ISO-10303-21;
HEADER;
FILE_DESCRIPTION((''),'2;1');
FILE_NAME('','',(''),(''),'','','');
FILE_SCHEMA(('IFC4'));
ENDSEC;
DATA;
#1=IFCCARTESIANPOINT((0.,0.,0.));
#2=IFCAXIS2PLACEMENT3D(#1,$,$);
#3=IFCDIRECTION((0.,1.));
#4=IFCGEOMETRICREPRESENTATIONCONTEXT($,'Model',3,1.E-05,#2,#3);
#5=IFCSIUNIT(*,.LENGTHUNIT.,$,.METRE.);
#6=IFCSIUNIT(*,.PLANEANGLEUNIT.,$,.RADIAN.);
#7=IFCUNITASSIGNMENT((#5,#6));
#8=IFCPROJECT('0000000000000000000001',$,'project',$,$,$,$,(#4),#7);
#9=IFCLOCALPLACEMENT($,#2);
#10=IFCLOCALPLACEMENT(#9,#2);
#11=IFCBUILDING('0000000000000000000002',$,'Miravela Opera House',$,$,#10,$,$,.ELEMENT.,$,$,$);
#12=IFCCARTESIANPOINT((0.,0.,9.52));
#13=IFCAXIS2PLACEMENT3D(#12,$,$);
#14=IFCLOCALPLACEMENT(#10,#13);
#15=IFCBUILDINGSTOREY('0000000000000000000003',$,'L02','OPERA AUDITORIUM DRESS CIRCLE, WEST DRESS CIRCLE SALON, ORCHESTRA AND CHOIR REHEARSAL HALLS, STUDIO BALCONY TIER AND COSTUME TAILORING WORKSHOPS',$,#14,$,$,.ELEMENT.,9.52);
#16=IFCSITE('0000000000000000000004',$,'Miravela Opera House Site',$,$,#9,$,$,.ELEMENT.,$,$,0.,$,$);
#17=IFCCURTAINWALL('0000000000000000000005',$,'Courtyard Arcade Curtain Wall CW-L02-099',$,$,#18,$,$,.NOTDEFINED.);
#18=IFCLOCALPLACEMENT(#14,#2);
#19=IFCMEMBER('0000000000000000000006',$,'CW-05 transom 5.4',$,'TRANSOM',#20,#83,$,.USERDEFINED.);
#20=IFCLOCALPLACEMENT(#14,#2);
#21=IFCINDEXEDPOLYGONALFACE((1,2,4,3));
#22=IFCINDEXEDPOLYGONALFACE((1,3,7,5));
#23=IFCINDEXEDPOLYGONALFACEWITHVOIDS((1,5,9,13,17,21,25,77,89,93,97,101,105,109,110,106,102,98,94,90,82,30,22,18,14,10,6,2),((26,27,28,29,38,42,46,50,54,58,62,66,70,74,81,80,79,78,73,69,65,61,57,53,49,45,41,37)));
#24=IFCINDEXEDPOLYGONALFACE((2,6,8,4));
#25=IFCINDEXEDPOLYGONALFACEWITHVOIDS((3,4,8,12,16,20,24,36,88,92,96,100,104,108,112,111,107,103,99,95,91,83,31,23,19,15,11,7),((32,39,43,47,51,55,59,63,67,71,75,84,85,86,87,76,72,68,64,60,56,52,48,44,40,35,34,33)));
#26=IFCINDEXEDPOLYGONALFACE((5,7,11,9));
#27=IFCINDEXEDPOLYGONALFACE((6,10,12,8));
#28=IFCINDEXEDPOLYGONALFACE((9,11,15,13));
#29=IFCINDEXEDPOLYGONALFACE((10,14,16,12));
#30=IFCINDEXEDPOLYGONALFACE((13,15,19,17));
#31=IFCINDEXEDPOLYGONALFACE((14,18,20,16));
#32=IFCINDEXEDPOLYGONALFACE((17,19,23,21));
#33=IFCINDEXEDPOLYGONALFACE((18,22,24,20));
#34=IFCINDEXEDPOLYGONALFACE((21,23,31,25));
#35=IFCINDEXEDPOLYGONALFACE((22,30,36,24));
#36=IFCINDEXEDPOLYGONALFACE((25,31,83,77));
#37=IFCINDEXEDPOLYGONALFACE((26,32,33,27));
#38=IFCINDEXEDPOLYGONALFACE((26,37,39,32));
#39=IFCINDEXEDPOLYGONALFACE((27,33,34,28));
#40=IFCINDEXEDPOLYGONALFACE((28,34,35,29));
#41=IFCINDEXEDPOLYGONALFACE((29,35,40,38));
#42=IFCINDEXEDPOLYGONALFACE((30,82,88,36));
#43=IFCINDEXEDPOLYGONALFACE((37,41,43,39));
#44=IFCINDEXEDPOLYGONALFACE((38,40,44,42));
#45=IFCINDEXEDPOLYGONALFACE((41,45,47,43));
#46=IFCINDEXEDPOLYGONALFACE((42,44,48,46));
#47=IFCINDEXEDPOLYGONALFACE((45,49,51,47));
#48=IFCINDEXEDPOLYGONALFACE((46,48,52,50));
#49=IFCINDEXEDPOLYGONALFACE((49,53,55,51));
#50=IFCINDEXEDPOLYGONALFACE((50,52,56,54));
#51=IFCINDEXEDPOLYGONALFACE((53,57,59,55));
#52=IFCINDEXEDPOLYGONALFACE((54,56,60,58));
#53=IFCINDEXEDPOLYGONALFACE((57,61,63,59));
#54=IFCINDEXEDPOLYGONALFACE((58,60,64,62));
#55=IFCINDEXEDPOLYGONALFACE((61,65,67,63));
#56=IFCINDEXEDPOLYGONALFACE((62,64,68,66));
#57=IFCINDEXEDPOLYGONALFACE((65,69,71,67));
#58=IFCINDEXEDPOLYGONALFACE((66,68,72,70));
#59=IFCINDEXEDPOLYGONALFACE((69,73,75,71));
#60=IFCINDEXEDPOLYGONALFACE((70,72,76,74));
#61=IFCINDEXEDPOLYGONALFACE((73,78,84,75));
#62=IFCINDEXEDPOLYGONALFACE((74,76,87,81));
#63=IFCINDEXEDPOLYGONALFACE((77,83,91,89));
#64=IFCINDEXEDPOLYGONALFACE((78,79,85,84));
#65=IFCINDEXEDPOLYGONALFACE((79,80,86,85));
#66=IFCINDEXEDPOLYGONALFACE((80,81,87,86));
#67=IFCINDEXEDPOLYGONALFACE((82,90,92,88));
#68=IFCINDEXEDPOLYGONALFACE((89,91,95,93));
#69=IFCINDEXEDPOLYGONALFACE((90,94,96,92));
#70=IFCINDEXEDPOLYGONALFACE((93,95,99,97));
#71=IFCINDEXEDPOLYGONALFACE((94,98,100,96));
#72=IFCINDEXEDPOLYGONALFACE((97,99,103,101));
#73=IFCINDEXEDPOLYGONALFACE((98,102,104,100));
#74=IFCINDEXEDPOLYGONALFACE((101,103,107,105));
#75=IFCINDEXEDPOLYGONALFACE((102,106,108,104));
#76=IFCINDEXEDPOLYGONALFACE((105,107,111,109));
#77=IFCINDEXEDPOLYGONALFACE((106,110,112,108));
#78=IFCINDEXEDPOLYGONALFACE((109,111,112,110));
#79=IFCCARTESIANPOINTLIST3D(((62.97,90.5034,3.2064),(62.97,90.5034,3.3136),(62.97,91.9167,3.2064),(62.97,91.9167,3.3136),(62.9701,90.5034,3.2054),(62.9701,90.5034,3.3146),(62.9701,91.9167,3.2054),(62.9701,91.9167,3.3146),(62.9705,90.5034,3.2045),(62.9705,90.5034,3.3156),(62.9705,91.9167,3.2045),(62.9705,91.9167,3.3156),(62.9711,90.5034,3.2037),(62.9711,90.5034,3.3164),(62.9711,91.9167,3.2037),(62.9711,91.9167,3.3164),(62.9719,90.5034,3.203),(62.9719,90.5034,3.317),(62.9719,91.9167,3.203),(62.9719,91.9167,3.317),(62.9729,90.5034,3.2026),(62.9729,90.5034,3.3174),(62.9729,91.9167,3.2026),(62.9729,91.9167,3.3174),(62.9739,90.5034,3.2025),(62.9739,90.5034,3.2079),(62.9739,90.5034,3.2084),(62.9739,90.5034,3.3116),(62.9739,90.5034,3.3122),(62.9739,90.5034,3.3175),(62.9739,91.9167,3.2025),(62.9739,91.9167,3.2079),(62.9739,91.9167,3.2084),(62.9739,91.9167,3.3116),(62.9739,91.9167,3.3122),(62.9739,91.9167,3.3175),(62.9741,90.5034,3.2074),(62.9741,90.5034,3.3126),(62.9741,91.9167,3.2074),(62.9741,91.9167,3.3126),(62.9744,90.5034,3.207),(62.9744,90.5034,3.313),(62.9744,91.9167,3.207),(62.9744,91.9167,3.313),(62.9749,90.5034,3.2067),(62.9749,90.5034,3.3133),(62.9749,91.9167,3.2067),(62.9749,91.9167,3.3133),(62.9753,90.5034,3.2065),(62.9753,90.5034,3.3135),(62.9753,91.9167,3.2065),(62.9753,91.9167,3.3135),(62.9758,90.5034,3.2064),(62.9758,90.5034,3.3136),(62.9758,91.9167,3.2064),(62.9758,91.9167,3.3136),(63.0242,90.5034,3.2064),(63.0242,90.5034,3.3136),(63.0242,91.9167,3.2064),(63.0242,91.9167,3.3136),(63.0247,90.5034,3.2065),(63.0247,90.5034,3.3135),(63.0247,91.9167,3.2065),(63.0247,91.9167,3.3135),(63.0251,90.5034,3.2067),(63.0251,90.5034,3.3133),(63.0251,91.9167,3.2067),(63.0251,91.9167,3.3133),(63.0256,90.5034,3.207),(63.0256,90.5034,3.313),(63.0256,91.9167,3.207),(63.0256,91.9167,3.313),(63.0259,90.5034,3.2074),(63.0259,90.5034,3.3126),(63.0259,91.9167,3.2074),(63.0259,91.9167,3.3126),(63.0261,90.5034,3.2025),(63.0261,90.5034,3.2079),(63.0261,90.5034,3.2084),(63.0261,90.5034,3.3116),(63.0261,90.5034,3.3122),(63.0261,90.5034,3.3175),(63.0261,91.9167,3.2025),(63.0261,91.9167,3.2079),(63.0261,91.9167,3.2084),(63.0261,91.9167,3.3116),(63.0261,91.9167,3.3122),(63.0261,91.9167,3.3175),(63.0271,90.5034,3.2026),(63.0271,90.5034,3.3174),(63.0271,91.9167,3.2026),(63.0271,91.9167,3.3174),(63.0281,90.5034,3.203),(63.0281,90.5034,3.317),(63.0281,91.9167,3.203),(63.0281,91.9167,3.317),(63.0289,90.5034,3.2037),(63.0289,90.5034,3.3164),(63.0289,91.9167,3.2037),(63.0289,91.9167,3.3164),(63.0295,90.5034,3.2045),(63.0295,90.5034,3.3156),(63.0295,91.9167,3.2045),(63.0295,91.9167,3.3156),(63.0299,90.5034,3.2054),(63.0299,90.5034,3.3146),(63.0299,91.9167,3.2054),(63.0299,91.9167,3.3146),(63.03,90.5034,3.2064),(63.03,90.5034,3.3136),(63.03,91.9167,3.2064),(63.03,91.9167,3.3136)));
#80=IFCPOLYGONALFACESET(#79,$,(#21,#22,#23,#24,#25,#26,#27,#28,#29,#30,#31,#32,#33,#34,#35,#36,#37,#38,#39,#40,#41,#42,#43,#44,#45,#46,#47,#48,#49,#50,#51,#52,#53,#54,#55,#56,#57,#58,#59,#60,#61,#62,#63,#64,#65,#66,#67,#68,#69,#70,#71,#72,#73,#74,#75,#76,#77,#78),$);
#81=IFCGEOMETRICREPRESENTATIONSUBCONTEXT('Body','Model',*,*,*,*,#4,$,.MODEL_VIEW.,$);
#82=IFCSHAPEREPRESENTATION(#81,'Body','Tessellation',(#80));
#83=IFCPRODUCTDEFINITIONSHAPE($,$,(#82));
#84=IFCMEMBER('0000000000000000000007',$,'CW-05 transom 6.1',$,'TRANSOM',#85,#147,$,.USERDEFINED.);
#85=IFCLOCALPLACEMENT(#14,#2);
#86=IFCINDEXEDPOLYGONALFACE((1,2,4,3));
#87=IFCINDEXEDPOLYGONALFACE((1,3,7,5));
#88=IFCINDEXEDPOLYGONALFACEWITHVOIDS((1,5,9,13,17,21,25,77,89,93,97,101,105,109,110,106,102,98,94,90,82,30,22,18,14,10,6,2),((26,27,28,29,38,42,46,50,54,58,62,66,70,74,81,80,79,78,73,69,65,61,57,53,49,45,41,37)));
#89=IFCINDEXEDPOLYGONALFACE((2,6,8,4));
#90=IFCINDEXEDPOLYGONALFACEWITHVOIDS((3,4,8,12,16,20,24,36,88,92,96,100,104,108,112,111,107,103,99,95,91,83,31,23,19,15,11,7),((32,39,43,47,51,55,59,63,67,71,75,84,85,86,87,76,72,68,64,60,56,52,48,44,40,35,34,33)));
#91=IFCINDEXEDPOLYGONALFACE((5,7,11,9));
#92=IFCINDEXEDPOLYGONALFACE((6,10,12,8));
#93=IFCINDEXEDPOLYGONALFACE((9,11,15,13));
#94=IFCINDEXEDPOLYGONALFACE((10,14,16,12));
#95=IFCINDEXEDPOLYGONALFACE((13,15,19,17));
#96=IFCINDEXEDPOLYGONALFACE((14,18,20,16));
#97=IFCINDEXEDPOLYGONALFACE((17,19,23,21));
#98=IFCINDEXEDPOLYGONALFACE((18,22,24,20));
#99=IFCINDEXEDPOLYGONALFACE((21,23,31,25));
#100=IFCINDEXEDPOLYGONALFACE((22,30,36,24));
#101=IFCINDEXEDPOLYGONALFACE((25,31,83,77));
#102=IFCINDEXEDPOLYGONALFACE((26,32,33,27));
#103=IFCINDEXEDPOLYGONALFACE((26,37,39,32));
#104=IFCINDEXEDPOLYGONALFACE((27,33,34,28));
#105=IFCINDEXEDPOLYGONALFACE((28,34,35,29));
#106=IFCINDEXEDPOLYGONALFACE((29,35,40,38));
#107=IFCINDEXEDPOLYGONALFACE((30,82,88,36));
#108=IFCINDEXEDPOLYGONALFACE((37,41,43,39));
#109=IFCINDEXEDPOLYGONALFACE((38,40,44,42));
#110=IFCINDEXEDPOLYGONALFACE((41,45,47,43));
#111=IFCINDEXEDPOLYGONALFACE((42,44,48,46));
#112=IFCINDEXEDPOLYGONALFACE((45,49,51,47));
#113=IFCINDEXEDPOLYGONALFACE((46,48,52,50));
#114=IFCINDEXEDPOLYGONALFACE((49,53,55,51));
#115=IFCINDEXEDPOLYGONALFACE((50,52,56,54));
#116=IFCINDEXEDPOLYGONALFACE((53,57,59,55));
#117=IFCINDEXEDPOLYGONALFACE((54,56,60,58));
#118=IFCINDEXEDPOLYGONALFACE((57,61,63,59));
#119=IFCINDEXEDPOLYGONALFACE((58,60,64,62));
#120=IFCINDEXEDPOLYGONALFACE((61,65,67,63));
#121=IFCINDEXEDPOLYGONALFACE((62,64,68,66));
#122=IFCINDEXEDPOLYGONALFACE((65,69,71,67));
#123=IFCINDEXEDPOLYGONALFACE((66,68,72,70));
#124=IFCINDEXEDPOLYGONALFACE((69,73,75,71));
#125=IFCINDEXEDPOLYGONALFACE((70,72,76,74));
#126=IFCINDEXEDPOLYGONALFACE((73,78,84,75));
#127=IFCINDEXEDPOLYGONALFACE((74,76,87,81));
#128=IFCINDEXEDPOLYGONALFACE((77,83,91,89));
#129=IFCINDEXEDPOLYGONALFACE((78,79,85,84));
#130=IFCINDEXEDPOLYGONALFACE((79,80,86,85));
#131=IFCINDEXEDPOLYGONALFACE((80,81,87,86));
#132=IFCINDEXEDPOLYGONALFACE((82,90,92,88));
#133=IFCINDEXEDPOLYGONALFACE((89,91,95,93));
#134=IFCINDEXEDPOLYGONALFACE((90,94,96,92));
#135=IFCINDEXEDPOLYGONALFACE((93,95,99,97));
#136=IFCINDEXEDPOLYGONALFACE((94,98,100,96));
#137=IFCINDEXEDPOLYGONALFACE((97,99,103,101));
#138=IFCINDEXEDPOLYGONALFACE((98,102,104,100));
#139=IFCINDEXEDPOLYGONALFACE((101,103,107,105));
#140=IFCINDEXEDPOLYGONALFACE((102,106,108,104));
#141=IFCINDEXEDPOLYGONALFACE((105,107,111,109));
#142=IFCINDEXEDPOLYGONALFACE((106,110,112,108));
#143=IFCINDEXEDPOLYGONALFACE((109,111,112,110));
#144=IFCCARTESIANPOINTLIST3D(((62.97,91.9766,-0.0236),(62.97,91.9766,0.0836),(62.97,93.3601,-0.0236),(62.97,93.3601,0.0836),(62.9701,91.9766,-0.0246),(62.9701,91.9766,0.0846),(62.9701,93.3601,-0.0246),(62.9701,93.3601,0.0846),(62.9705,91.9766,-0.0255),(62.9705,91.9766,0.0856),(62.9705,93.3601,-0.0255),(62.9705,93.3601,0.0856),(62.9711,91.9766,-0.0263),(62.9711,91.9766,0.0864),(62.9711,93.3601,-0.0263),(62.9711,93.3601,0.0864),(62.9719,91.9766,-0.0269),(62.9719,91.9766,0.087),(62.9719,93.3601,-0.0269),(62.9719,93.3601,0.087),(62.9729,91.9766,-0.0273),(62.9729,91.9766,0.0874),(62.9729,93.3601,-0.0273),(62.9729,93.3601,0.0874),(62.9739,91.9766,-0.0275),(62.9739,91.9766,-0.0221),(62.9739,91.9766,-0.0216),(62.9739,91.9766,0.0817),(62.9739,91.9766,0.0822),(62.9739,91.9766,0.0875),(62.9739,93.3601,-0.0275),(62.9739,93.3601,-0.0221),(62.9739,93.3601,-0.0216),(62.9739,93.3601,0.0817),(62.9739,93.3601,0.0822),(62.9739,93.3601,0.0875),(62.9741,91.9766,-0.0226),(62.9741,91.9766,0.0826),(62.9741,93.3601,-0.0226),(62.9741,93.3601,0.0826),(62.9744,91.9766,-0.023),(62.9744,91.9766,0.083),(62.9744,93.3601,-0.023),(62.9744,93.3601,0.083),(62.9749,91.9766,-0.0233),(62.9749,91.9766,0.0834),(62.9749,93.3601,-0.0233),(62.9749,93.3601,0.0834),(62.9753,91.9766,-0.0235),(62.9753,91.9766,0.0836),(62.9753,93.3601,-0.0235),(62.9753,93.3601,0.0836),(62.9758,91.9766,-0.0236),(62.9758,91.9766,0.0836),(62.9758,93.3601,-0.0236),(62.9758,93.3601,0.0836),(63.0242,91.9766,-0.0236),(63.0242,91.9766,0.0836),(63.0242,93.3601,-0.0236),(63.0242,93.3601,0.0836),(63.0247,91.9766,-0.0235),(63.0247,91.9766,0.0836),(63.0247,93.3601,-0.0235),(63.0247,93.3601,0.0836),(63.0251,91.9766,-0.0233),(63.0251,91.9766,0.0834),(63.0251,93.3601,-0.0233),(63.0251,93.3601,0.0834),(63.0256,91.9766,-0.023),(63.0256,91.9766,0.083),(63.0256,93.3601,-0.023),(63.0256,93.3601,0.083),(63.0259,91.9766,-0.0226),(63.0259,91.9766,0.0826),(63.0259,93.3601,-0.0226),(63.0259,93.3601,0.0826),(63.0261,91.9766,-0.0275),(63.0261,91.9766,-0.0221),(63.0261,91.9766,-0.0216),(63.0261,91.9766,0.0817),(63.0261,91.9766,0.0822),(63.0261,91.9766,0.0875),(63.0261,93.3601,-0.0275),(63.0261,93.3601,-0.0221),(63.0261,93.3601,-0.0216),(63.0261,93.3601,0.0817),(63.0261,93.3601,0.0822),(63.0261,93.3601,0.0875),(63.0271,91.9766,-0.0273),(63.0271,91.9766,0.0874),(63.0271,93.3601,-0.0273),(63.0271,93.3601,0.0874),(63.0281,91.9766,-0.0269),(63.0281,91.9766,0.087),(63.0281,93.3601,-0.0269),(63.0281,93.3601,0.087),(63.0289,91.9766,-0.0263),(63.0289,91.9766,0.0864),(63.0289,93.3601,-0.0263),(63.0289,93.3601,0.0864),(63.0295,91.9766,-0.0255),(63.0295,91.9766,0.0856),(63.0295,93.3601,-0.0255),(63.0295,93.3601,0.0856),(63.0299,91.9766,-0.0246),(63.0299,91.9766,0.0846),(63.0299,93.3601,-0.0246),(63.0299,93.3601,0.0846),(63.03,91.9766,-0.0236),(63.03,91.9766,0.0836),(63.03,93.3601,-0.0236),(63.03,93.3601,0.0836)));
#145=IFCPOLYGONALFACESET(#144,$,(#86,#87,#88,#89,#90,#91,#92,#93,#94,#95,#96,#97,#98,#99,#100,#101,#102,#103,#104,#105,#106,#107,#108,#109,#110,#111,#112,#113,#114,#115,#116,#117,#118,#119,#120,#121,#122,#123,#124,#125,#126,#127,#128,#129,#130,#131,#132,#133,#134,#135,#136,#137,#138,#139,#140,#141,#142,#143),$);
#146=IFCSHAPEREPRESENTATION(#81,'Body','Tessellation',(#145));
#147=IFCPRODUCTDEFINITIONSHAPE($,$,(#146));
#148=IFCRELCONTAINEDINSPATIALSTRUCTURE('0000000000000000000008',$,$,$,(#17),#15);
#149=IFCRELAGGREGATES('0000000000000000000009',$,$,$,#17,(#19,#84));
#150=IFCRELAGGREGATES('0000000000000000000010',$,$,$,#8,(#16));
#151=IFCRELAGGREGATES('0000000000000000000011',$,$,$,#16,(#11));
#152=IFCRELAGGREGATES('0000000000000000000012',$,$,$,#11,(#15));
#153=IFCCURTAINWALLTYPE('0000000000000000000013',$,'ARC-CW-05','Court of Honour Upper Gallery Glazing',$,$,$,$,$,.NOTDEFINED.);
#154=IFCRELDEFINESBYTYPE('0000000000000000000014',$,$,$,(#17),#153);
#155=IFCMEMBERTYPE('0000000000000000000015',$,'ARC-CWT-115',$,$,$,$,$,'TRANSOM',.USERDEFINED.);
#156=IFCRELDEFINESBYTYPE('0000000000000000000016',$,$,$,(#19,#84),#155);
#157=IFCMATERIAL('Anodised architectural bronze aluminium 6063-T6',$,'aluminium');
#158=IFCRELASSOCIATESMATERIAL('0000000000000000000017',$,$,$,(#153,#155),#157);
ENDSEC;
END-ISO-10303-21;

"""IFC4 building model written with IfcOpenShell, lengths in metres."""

from ifc_helpers import new_model, si_unit, direction, frame, origin, origin_2d, place, context, subcontext, project, spatial, hollow_rectangle, extrude, material, material_profile, profile_set, type_object, element, aggregate, save


model = new_model("IFC4")

# Units and contexts
model_context = context("Model", 3, precision=1e-05, world=origin(), true_north=direction((0.0, 1.0)))
body_context = subcontext(model_context, "Body", "Model", "MODEL_VIEW")
ifc_project = project(units=[si_unit("LENGTHUNIT", "METRE"), si_unit("PLANEANGLEUNIT", "RADIAN")], contexts=[model_context])

# Site, building, storey
site_placement = place(None, origin())
site = spatial("IfcSite", under=ifc_project, at=site_placement, Name="Miravela Opera House Site", CompositionType="ELEMENT", RefElevation=0.0)
building_placement = place(site_placement, origin())
building = spatial("IfcBuilding", under=site, at=building_placement, Name="Miravela Opera House", CompositionType="ELEMENT")
storey_placement = place(building_placement, frame((0.0, 0.0, 9.52)))
storey = spatial("IfcBuildingStorey", under=building, at=storey_placement, Name="L02", Description="OPERA AUDITORIUM DRESS CIRCLE, WEST DRESS CIRCLE SALON, ORCHESTRA AND CHOIR REHEARSAL HALLS, STUDIO BALCONY TIER AND COSTUME TAILORING WORKSHOPS", CompositionType="ELEMENT", Elevation=9.52)

# Curtain wall, members
ifc_material_1 = material(Name="Anodised architectural bronze aluminium 6063-T6", Category="aluminium")
curtain_wall_type = type_object("IfcCurtainWallType", Name="ARC-CW-05", Description="Court of Honour Upper Gallery Glazing", PredefinedType="NOTDEFINED", material=ifc_material_1)
curtain_wall_placement = place(storey_placement, origin())
curtain_wall = element("IfcCurtainWall", 1, at=curtain_wall_placement, inside=storey, type_object=curtain_wall_type, Name="Courtyard Arcade Curtain Wall CW-L02-099", PredefinedType="NOTDEFINED")
ifc_material_profile_1 = material_profile(ifc_material_1, hollow_rectangle(XDim=0.0601, YDim=0.115, WallThickness=0.0039, InnerFilletRadius=0.002, OuterFilletRadius=0.0039, at=origin_2d()), Name="CWT-60X115")
ifc_profile_set_1 = profile_set([ifc_material_profile_1])
member_type_1 = type_object("IfcMemberType", Name="ARC-CWT-115", ElementType="TRANSOM", PredefinedType="USERDEFINED", material=ifc_profile_set_1)
member_1_placement = place(storey_placement, frame((63.0, 90.5034, 3.26), z_axis=(0.0, 1.0, 0.0), x_axis=(-1.0, 0.0, 0.0)))
member_1 = element("IfcMember", 2, at=member_1_placement, type_object=member_type_1, Name="CW-05 transom 5.4", ObjectType="TRANSOM", PredefinedType="USERDEFINED", context=body_context, shape_type="SweptSolid", body=[
    extrude(hollow_rectangle(XDim=0.0601, YDim=0.115, WallThickness=0.0039, InnerFilletRadius=0.002, OuterFilletRadius=0.0039, at=origin_2d()), origin(), (0.0, 0.0, 1.0), 1.4133),
])
member_2_placement = place(storey_placement, frame((63.0, 91.9766, 0.03), z_axis=(0.0, 1.0, 0.0), x_axis=(-1.0, 0.0, 0.0)))
member_2 = element("IfcMember", 3, at=member_2_placement, type_object=member_type_1, Name="CW-05 transom 6.1", ObjectType="TRANSOM", PredefinedType="USERDEFINED", context=body_context, shape_type="SweptSolid", body=[
    extrude(hollow_rectangle(XDim=0.0601, YDim=0.115, WallThickness=0.0039, InnerFilletRadius=0.002, OuterFilletRadius=0.0039, at=origin_2d()), origin(), (0.0, 0.0, 1.0), 1.3835),
])

aggregate(curtain_wall, [member_1, member_2])

save(model, "model.ifc")
